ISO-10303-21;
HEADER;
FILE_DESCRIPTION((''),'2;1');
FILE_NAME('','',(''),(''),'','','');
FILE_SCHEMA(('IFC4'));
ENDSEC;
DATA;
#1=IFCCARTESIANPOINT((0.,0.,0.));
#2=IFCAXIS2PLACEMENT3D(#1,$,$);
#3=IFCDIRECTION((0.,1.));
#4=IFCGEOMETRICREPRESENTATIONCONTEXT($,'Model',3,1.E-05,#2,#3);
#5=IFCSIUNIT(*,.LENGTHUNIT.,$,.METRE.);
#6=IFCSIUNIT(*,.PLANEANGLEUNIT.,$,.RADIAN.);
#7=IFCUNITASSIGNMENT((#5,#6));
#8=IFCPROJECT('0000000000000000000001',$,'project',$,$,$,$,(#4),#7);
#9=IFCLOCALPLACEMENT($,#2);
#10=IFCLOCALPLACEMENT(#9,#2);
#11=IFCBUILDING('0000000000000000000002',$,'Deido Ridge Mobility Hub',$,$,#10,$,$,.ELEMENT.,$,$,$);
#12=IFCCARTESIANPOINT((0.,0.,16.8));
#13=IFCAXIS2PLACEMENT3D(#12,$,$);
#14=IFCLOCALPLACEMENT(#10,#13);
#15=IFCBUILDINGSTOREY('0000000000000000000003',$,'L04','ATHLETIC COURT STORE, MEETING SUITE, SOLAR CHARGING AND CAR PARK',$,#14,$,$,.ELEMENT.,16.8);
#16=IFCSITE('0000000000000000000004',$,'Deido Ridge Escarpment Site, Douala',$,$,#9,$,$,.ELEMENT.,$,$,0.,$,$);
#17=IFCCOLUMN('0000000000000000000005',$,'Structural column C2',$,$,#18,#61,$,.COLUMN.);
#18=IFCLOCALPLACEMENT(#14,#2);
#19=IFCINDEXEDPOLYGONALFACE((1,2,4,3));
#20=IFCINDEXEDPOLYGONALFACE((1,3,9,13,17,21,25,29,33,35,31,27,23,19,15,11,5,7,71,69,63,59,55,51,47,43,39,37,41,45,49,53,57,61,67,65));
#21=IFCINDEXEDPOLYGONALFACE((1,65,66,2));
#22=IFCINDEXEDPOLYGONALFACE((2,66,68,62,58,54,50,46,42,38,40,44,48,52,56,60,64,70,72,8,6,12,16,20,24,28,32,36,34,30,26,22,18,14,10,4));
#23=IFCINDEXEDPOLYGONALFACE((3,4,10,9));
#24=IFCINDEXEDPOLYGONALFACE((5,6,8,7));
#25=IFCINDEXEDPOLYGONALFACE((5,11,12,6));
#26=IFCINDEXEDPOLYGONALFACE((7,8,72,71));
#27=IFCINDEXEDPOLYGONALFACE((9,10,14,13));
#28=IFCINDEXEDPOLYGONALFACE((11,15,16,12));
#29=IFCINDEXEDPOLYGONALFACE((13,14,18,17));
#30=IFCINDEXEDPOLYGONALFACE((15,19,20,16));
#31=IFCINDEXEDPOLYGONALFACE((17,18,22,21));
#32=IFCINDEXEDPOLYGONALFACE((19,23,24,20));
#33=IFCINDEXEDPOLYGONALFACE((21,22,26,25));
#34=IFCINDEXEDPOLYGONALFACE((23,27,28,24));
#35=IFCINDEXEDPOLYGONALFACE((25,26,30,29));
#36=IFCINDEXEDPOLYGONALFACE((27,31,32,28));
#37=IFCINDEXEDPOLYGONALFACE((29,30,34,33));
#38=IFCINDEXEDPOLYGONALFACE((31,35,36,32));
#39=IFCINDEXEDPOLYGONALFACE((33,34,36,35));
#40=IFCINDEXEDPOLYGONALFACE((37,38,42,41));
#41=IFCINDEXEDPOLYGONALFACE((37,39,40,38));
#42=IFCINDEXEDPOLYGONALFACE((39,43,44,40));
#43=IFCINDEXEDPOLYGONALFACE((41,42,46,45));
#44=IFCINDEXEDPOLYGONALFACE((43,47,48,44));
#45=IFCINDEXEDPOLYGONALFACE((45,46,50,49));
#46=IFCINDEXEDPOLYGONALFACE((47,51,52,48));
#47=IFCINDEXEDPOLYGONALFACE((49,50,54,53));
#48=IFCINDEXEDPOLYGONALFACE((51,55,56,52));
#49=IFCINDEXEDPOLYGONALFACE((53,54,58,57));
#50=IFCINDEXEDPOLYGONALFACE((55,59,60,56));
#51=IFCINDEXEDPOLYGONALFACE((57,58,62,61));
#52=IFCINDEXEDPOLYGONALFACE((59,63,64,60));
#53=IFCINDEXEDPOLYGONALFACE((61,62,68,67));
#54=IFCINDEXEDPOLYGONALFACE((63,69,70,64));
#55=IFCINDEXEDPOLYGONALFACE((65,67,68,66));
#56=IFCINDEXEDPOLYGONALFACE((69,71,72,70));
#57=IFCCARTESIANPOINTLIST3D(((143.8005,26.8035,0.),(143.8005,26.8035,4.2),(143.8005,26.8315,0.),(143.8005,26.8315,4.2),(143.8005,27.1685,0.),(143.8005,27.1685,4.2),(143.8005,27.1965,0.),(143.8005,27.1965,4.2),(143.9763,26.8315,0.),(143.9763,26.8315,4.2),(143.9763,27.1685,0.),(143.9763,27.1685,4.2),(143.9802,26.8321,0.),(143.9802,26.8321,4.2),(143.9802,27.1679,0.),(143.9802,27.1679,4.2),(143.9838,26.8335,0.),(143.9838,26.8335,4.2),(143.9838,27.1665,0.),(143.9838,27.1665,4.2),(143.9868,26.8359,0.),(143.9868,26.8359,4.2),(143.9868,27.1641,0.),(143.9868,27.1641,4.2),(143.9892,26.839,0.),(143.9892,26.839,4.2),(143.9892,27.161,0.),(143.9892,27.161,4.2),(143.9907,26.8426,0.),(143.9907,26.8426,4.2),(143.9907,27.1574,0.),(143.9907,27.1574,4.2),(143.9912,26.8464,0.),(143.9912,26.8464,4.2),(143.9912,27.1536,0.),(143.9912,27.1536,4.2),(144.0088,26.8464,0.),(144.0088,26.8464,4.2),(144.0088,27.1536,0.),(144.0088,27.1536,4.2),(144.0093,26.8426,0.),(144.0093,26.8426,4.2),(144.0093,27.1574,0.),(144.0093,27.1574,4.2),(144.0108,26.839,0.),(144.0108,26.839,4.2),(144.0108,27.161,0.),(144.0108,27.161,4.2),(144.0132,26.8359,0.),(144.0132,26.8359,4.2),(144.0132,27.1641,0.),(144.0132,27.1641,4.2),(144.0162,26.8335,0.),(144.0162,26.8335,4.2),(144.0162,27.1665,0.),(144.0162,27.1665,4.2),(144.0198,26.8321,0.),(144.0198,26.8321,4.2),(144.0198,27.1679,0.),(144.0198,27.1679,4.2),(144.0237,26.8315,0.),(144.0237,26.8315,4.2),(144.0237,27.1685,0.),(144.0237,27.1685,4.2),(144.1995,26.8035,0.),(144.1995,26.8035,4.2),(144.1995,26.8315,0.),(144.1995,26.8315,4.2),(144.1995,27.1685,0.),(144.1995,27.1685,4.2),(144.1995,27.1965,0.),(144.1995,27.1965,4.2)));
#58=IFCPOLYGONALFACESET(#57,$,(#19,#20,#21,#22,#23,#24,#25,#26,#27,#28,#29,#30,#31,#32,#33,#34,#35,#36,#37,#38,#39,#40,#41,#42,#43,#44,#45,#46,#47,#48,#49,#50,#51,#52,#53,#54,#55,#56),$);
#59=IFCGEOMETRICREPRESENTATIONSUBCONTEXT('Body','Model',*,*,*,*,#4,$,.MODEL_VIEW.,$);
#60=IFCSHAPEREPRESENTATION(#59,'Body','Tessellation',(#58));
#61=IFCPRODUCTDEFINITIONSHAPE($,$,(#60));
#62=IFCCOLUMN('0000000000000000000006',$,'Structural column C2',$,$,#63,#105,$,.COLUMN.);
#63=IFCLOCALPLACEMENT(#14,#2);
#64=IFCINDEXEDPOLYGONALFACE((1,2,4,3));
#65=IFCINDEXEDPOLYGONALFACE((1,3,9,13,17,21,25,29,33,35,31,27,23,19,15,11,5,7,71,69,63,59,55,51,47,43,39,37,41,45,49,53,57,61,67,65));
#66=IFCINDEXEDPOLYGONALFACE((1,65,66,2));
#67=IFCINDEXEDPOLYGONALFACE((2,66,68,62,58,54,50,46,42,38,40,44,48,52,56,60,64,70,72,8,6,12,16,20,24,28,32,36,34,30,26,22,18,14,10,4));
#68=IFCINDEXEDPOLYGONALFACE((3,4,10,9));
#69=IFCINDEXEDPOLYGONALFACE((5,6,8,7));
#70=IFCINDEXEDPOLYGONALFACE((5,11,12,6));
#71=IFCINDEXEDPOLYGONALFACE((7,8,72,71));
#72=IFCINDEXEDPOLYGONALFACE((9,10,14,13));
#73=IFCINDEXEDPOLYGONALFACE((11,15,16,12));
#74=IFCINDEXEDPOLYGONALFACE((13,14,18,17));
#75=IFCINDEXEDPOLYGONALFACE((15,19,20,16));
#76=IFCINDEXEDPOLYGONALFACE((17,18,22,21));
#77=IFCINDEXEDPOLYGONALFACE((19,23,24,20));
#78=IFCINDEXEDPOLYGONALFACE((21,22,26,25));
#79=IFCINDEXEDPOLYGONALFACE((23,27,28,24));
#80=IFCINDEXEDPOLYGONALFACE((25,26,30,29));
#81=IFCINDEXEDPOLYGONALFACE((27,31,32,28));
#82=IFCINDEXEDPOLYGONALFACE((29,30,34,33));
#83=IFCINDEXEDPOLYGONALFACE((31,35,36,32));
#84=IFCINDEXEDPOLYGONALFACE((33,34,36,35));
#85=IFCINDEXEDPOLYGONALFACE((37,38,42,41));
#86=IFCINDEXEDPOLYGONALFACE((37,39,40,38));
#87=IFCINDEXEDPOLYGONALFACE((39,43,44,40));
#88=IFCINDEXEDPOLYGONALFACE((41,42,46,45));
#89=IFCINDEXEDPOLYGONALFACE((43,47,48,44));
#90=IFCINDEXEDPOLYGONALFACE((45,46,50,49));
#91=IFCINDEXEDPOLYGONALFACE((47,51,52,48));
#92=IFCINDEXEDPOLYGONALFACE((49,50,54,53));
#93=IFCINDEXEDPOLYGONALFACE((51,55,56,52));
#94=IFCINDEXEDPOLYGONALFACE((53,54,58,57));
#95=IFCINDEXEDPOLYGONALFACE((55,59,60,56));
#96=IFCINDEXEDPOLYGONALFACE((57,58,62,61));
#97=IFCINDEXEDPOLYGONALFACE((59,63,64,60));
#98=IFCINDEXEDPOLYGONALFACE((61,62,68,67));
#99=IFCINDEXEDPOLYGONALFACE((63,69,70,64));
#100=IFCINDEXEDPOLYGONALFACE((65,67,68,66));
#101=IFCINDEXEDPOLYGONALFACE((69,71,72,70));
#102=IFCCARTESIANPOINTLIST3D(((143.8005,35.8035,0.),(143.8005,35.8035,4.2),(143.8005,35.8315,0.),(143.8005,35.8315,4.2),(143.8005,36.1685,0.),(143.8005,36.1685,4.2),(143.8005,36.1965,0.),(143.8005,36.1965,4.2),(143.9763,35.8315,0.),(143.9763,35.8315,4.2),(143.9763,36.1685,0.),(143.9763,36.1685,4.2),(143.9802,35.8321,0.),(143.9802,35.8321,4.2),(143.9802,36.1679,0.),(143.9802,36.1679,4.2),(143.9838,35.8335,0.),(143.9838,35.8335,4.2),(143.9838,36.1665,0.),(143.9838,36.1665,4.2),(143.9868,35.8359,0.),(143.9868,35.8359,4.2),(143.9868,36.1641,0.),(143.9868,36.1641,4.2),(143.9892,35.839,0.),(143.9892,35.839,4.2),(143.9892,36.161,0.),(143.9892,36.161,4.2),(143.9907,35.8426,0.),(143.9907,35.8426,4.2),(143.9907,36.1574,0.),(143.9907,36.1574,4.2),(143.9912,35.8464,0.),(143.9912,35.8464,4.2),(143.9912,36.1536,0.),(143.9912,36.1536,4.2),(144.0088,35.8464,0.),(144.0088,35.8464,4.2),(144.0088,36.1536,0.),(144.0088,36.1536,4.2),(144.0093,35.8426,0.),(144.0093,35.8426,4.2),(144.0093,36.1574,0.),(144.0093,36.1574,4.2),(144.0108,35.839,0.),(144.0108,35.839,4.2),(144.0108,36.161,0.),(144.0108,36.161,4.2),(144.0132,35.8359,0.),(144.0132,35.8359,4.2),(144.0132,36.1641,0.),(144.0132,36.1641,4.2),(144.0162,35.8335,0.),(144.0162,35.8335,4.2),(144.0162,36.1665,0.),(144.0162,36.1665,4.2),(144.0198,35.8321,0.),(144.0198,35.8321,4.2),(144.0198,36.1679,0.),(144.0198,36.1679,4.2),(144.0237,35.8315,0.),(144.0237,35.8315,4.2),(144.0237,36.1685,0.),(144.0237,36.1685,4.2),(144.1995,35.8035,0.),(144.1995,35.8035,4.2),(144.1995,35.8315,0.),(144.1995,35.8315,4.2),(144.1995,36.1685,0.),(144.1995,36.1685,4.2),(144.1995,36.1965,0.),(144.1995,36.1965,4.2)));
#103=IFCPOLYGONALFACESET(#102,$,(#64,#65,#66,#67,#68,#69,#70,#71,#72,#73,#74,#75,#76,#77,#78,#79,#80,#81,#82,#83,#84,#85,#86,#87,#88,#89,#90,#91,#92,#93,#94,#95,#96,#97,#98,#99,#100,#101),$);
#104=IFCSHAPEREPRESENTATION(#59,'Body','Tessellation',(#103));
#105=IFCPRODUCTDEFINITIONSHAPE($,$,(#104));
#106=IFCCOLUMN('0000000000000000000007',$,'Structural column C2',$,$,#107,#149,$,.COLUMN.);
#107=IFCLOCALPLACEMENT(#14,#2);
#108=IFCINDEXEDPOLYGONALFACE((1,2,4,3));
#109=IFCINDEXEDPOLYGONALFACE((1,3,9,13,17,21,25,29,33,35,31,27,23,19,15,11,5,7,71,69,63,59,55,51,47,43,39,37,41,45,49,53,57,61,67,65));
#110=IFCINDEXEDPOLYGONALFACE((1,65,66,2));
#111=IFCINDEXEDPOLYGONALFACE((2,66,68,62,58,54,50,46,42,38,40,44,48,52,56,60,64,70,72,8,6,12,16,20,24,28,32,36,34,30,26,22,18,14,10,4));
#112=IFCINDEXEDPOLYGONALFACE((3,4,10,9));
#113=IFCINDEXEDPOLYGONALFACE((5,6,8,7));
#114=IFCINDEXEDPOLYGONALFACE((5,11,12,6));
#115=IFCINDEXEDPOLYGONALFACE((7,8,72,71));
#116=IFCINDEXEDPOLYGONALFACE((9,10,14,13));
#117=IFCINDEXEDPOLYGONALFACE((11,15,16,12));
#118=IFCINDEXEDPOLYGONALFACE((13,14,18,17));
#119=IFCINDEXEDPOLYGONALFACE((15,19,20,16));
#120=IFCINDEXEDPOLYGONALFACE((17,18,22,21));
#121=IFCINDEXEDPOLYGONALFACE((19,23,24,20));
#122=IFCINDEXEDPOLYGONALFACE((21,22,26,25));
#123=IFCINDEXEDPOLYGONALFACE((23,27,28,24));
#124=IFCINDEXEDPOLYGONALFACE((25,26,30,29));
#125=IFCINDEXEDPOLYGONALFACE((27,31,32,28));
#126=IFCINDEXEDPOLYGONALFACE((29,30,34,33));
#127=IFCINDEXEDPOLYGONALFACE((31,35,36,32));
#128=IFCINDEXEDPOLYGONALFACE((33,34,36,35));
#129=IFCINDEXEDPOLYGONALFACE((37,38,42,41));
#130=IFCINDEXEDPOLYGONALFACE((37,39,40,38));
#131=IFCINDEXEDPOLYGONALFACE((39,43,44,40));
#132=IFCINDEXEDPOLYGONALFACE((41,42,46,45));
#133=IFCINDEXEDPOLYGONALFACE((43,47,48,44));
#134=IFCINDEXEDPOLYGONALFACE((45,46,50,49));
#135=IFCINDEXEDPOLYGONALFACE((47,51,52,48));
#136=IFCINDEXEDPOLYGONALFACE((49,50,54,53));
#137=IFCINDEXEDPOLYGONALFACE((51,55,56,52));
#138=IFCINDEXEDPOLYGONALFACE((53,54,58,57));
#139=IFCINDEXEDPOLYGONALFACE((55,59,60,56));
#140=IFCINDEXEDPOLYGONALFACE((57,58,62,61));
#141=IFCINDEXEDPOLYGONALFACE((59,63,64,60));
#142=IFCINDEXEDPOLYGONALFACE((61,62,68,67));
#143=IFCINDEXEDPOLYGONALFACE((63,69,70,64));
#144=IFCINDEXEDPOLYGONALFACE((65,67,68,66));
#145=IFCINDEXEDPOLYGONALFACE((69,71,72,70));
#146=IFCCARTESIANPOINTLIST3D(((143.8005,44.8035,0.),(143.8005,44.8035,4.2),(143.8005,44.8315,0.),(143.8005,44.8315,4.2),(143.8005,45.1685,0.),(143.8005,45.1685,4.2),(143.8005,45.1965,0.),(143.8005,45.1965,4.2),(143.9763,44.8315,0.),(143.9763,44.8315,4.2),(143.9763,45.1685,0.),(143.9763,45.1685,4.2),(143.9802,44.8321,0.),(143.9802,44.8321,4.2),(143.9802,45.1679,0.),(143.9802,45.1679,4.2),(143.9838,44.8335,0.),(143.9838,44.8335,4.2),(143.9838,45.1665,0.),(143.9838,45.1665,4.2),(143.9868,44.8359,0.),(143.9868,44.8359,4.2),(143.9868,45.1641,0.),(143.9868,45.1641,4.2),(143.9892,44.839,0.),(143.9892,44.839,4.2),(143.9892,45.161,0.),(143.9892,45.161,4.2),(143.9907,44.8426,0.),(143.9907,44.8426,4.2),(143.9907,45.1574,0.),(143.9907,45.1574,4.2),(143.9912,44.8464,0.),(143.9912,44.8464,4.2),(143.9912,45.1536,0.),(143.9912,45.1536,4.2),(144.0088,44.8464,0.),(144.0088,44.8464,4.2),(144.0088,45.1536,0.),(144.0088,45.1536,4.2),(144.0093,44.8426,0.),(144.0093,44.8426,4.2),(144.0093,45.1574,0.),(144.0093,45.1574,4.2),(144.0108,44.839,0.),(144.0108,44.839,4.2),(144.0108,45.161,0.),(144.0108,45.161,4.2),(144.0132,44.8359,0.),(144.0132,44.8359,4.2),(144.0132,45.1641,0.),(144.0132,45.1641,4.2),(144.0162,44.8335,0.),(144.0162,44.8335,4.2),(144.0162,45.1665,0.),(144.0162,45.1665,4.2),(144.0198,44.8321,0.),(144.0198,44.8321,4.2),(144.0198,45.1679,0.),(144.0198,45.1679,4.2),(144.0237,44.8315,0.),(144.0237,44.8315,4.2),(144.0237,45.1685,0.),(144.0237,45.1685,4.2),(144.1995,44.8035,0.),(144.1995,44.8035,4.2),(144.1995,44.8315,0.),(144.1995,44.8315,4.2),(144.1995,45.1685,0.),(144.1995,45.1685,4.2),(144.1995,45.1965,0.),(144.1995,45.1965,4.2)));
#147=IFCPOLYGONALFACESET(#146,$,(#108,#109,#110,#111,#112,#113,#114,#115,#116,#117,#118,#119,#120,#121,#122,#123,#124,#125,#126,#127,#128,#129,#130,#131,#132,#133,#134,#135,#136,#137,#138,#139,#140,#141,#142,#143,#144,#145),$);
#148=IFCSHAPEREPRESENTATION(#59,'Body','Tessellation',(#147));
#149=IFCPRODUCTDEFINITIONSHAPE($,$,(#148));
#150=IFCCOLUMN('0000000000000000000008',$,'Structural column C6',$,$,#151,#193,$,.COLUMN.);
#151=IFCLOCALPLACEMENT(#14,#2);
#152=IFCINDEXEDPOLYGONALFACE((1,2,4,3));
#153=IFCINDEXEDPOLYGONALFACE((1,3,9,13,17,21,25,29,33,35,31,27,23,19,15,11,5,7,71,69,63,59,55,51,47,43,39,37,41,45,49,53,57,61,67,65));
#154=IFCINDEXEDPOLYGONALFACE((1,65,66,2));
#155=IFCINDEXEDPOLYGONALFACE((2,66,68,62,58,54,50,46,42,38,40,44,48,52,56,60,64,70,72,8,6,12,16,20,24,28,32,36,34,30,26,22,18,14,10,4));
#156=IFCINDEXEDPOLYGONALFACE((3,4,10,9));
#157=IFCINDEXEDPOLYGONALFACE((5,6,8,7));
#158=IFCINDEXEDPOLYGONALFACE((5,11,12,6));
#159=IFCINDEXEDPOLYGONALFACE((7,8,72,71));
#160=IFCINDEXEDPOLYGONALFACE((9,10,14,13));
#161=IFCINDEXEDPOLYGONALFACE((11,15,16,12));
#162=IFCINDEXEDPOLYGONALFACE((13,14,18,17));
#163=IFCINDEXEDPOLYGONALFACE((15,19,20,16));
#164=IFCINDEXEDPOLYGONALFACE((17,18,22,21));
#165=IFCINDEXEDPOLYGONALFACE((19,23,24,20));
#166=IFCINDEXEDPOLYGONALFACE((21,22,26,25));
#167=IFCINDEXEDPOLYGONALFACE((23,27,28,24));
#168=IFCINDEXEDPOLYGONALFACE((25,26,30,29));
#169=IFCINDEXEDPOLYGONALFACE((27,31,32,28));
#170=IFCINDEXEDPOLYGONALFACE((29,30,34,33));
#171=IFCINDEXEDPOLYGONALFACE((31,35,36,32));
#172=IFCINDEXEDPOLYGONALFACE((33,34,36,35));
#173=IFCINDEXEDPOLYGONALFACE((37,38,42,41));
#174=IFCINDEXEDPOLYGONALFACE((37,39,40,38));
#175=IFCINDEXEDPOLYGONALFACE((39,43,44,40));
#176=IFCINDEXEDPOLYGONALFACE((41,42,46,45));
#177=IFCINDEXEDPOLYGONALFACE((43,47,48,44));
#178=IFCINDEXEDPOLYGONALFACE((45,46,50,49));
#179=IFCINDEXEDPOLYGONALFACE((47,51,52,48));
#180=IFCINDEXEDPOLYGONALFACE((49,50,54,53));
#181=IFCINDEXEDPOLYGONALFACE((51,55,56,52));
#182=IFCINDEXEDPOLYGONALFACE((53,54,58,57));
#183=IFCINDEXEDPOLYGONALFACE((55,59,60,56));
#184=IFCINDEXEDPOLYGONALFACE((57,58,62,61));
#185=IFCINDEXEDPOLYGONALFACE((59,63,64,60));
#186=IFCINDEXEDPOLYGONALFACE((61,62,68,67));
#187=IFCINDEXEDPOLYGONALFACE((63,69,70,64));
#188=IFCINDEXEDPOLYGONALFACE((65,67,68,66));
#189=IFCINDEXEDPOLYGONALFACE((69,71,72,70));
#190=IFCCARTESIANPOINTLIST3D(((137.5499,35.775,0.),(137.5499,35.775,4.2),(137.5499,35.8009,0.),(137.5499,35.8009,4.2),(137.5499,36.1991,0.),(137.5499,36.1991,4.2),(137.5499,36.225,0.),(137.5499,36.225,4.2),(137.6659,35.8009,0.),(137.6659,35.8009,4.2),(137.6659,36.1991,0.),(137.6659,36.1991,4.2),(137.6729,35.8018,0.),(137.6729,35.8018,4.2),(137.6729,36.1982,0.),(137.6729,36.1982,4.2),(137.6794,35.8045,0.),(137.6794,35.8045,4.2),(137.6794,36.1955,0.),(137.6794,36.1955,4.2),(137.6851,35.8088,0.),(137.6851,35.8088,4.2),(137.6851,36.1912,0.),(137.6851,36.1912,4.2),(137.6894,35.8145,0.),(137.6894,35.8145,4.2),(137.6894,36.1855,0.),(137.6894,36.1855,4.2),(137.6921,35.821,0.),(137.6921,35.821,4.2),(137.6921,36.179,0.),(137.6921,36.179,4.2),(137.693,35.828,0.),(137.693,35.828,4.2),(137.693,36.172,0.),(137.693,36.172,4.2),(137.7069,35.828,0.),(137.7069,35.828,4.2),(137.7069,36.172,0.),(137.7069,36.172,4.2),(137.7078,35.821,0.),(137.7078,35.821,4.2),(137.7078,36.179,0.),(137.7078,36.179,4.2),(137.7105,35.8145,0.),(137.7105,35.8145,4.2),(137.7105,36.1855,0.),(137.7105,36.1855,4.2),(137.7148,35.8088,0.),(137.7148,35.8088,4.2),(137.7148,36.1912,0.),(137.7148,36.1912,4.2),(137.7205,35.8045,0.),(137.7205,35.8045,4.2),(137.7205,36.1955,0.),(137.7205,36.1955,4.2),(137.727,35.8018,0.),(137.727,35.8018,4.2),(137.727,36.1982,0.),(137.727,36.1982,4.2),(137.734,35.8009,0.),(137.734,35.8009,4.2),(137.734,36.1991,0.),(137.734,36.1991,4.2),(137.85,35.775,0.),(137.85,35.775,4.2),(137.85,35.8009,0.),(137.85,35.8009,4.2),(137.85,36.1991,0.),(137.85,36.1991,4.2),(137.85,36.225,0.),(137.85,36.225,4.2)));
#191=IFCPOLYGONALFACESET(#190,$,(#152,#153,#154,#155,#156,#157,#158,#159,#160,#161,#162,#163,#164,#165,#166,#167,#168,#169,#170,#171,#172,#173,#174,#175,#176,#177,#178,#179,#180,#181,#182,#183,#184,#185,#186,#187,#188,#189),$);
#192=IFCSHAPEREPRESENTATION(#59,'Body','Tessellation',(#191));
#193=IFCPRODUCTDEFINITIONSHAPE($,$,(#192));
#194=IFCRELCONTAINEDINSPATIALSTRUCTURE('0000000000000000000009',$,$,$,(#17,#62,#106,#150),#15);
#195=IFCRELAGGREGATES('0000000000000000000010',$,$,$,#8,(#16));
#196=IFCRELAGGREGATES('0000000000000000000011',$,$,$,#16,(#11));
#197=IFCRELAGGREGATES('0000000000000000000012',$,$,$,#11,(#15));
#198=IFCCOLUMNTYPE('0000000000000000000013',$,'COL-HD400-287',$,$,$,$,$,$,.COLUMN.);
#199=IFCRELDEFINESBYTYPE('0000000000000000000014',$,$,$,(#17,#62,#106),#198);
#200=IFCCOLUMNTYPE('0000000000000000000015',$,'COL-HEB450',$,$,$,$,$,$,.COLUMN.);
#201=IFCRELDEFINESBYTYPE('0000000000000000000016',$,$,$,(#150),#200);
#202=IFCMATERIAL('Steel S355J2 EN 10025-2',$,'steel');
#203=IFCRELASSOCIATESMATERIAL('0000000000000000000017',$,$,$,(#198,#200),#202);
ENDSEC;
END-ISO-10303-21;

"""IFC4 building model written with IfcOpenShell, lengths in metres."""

from ifc_helpers import new_model, si_unit, direction, frame, origin, origin_2d, place, context, subcontext, project, spatial, i_section, extrude, material, material_profile, profile_set, type_object, element, save


model = new_model("IFC4")

# Units and contexts
model_context = context("Model", 3, precision=1e-05, world=origin(), true_north=direction((0.0, 1.0)))
body_context = subcontext(model_context, "Body", "Model", "MODEL_VIEW")
ifc_project = project(units=[si_unit("LENGTHUNIT", "METRE"), si_unit("PLANEANGLEUNIT", "RADIAN")], contexts=[model_context])

# Site, building, storey
site_placement = place(None, origin())
site = spatial("IfcSite", under=ifc_project, at=site_placement, Name="Deido Ridge Escarpment Site, Douala", CompositionType="ELEMENT", RefElevation=0.0)
building_placement = place(site_placement, origin())
building = spatial("IfcBuilding", under=site, at=building_placement, Name="Deido Ridge Mobility Hub", CompositionType="ELEMENT")
storey_placement = place(building_placement, frame((0.0, 0.0, 16.8)))
storey = spatial("IfcBuildingStorey", under=building, at=storey_placement, Name="L04", Description="ATHLETIC COURT STORE, MEETING SUITE, SOLAR CHARGING AND CAR PARK", CompositionType="ELEMENT", Elevation=16.8)

# Columns
ifc_material_1 = material(Name="Steel S355J2 EN 10025-2", Category="steel")
ifc_material_profile_1 = material_profile(ifc_material_1, i_section(OverallWidth=0.3989, OverallDepth=0.3931, WebThickness=0.0176, FlangeThickness=0.0281, FilletRadius=0.0149, at=origin_2d()), Name="HD 400x287")
ifc_profile_set_1 = profile_set([ifc_material_profile_1], Name="Steel S355J2 EN 10025-2")
column_type_1 = type_object("IfcColumnType", Name="COL-HD400-287", PredefinedType="COLUMN", material=ifc_profile_set_1)
for number, where, z_axis, x_axis, name in (
    (1, (144.0, 27.0, 0.0), (0.0, 0.0, 1.0), (1.0, 0.0, 0.0), "Structural column C2"),
    (2, (144.0, 36.0, 0.0), (0.0, 0.0, 1.0), (1.0, 0.0, 0.0), "Structural column C2"),
    (3, (144.0, 45.0, 0.0), (0.0, 0.0, 1.0), (1.0, 0.0, 0.0), "Structural column C2"),
):
    element("IfcColumn", number, at=place(storey_placement, frame(where, z_axis=z_axis, x_axis=x_axis)), inside=storey, type_object=column_type_1, Name=name, PredefinedType="COLUMN", context=body_context, shape_type="SweptSolid", body=[
        extrude(i_section(OverallWidth=0.3989, OverallDepth=0.3931, WebThickness=0.0176, FlangeThickness=0.0281, FilletRadius=0.0149, at=origin_2d()), origin(), (0.0, 0.0, 1.0), 4.2),
    ])
ifc_material_profile_2 = material_profile(ifc_material_1, i_section(OverallWidth=0.3, OverallDepth=0.45, WebThickness=0.0139, FlangeThickness=0.0259, FilletRadius=0.0271, at=origin_2d()), Name="HEB 450")
ifc_profile_set_2 = profile_set([ifc_material_profile_2], Name="Steel S355J2 EN 10025-2")
column_type_2 = type_object("IfcColumnType", Name="COL-HEB450", PredefinedType="COLUMN", material=ifc_profile_set_2)
for number, where, z_axis, x_axis, name in (
    (4, (137.7, 36.0, 0.0), (0.0, 0.0, 1.0), (1.0, 0.0, 0.0), "Structural column C6"),
):
    element("IfcColumn", number, at=place(storey_placement, frame(where, z_axis=z_axis, x_axis=x_axis)), inside=storey, type_object=column_type_2, Name=name, PredefinedType="COLUMN", context=body_context, shape_type="SweptSolid", body=[
        extrude(i_section(OverallWidth=0.3, OverallDepth=0.45, WebThickness=0.0139, FlangeThickness=0.0259, FilletRadius=0.0271, at=origin_2d()), origin(), (0.0, 0.0, 1.0), 4.2),
    ])

save(model, "model.ifc")
